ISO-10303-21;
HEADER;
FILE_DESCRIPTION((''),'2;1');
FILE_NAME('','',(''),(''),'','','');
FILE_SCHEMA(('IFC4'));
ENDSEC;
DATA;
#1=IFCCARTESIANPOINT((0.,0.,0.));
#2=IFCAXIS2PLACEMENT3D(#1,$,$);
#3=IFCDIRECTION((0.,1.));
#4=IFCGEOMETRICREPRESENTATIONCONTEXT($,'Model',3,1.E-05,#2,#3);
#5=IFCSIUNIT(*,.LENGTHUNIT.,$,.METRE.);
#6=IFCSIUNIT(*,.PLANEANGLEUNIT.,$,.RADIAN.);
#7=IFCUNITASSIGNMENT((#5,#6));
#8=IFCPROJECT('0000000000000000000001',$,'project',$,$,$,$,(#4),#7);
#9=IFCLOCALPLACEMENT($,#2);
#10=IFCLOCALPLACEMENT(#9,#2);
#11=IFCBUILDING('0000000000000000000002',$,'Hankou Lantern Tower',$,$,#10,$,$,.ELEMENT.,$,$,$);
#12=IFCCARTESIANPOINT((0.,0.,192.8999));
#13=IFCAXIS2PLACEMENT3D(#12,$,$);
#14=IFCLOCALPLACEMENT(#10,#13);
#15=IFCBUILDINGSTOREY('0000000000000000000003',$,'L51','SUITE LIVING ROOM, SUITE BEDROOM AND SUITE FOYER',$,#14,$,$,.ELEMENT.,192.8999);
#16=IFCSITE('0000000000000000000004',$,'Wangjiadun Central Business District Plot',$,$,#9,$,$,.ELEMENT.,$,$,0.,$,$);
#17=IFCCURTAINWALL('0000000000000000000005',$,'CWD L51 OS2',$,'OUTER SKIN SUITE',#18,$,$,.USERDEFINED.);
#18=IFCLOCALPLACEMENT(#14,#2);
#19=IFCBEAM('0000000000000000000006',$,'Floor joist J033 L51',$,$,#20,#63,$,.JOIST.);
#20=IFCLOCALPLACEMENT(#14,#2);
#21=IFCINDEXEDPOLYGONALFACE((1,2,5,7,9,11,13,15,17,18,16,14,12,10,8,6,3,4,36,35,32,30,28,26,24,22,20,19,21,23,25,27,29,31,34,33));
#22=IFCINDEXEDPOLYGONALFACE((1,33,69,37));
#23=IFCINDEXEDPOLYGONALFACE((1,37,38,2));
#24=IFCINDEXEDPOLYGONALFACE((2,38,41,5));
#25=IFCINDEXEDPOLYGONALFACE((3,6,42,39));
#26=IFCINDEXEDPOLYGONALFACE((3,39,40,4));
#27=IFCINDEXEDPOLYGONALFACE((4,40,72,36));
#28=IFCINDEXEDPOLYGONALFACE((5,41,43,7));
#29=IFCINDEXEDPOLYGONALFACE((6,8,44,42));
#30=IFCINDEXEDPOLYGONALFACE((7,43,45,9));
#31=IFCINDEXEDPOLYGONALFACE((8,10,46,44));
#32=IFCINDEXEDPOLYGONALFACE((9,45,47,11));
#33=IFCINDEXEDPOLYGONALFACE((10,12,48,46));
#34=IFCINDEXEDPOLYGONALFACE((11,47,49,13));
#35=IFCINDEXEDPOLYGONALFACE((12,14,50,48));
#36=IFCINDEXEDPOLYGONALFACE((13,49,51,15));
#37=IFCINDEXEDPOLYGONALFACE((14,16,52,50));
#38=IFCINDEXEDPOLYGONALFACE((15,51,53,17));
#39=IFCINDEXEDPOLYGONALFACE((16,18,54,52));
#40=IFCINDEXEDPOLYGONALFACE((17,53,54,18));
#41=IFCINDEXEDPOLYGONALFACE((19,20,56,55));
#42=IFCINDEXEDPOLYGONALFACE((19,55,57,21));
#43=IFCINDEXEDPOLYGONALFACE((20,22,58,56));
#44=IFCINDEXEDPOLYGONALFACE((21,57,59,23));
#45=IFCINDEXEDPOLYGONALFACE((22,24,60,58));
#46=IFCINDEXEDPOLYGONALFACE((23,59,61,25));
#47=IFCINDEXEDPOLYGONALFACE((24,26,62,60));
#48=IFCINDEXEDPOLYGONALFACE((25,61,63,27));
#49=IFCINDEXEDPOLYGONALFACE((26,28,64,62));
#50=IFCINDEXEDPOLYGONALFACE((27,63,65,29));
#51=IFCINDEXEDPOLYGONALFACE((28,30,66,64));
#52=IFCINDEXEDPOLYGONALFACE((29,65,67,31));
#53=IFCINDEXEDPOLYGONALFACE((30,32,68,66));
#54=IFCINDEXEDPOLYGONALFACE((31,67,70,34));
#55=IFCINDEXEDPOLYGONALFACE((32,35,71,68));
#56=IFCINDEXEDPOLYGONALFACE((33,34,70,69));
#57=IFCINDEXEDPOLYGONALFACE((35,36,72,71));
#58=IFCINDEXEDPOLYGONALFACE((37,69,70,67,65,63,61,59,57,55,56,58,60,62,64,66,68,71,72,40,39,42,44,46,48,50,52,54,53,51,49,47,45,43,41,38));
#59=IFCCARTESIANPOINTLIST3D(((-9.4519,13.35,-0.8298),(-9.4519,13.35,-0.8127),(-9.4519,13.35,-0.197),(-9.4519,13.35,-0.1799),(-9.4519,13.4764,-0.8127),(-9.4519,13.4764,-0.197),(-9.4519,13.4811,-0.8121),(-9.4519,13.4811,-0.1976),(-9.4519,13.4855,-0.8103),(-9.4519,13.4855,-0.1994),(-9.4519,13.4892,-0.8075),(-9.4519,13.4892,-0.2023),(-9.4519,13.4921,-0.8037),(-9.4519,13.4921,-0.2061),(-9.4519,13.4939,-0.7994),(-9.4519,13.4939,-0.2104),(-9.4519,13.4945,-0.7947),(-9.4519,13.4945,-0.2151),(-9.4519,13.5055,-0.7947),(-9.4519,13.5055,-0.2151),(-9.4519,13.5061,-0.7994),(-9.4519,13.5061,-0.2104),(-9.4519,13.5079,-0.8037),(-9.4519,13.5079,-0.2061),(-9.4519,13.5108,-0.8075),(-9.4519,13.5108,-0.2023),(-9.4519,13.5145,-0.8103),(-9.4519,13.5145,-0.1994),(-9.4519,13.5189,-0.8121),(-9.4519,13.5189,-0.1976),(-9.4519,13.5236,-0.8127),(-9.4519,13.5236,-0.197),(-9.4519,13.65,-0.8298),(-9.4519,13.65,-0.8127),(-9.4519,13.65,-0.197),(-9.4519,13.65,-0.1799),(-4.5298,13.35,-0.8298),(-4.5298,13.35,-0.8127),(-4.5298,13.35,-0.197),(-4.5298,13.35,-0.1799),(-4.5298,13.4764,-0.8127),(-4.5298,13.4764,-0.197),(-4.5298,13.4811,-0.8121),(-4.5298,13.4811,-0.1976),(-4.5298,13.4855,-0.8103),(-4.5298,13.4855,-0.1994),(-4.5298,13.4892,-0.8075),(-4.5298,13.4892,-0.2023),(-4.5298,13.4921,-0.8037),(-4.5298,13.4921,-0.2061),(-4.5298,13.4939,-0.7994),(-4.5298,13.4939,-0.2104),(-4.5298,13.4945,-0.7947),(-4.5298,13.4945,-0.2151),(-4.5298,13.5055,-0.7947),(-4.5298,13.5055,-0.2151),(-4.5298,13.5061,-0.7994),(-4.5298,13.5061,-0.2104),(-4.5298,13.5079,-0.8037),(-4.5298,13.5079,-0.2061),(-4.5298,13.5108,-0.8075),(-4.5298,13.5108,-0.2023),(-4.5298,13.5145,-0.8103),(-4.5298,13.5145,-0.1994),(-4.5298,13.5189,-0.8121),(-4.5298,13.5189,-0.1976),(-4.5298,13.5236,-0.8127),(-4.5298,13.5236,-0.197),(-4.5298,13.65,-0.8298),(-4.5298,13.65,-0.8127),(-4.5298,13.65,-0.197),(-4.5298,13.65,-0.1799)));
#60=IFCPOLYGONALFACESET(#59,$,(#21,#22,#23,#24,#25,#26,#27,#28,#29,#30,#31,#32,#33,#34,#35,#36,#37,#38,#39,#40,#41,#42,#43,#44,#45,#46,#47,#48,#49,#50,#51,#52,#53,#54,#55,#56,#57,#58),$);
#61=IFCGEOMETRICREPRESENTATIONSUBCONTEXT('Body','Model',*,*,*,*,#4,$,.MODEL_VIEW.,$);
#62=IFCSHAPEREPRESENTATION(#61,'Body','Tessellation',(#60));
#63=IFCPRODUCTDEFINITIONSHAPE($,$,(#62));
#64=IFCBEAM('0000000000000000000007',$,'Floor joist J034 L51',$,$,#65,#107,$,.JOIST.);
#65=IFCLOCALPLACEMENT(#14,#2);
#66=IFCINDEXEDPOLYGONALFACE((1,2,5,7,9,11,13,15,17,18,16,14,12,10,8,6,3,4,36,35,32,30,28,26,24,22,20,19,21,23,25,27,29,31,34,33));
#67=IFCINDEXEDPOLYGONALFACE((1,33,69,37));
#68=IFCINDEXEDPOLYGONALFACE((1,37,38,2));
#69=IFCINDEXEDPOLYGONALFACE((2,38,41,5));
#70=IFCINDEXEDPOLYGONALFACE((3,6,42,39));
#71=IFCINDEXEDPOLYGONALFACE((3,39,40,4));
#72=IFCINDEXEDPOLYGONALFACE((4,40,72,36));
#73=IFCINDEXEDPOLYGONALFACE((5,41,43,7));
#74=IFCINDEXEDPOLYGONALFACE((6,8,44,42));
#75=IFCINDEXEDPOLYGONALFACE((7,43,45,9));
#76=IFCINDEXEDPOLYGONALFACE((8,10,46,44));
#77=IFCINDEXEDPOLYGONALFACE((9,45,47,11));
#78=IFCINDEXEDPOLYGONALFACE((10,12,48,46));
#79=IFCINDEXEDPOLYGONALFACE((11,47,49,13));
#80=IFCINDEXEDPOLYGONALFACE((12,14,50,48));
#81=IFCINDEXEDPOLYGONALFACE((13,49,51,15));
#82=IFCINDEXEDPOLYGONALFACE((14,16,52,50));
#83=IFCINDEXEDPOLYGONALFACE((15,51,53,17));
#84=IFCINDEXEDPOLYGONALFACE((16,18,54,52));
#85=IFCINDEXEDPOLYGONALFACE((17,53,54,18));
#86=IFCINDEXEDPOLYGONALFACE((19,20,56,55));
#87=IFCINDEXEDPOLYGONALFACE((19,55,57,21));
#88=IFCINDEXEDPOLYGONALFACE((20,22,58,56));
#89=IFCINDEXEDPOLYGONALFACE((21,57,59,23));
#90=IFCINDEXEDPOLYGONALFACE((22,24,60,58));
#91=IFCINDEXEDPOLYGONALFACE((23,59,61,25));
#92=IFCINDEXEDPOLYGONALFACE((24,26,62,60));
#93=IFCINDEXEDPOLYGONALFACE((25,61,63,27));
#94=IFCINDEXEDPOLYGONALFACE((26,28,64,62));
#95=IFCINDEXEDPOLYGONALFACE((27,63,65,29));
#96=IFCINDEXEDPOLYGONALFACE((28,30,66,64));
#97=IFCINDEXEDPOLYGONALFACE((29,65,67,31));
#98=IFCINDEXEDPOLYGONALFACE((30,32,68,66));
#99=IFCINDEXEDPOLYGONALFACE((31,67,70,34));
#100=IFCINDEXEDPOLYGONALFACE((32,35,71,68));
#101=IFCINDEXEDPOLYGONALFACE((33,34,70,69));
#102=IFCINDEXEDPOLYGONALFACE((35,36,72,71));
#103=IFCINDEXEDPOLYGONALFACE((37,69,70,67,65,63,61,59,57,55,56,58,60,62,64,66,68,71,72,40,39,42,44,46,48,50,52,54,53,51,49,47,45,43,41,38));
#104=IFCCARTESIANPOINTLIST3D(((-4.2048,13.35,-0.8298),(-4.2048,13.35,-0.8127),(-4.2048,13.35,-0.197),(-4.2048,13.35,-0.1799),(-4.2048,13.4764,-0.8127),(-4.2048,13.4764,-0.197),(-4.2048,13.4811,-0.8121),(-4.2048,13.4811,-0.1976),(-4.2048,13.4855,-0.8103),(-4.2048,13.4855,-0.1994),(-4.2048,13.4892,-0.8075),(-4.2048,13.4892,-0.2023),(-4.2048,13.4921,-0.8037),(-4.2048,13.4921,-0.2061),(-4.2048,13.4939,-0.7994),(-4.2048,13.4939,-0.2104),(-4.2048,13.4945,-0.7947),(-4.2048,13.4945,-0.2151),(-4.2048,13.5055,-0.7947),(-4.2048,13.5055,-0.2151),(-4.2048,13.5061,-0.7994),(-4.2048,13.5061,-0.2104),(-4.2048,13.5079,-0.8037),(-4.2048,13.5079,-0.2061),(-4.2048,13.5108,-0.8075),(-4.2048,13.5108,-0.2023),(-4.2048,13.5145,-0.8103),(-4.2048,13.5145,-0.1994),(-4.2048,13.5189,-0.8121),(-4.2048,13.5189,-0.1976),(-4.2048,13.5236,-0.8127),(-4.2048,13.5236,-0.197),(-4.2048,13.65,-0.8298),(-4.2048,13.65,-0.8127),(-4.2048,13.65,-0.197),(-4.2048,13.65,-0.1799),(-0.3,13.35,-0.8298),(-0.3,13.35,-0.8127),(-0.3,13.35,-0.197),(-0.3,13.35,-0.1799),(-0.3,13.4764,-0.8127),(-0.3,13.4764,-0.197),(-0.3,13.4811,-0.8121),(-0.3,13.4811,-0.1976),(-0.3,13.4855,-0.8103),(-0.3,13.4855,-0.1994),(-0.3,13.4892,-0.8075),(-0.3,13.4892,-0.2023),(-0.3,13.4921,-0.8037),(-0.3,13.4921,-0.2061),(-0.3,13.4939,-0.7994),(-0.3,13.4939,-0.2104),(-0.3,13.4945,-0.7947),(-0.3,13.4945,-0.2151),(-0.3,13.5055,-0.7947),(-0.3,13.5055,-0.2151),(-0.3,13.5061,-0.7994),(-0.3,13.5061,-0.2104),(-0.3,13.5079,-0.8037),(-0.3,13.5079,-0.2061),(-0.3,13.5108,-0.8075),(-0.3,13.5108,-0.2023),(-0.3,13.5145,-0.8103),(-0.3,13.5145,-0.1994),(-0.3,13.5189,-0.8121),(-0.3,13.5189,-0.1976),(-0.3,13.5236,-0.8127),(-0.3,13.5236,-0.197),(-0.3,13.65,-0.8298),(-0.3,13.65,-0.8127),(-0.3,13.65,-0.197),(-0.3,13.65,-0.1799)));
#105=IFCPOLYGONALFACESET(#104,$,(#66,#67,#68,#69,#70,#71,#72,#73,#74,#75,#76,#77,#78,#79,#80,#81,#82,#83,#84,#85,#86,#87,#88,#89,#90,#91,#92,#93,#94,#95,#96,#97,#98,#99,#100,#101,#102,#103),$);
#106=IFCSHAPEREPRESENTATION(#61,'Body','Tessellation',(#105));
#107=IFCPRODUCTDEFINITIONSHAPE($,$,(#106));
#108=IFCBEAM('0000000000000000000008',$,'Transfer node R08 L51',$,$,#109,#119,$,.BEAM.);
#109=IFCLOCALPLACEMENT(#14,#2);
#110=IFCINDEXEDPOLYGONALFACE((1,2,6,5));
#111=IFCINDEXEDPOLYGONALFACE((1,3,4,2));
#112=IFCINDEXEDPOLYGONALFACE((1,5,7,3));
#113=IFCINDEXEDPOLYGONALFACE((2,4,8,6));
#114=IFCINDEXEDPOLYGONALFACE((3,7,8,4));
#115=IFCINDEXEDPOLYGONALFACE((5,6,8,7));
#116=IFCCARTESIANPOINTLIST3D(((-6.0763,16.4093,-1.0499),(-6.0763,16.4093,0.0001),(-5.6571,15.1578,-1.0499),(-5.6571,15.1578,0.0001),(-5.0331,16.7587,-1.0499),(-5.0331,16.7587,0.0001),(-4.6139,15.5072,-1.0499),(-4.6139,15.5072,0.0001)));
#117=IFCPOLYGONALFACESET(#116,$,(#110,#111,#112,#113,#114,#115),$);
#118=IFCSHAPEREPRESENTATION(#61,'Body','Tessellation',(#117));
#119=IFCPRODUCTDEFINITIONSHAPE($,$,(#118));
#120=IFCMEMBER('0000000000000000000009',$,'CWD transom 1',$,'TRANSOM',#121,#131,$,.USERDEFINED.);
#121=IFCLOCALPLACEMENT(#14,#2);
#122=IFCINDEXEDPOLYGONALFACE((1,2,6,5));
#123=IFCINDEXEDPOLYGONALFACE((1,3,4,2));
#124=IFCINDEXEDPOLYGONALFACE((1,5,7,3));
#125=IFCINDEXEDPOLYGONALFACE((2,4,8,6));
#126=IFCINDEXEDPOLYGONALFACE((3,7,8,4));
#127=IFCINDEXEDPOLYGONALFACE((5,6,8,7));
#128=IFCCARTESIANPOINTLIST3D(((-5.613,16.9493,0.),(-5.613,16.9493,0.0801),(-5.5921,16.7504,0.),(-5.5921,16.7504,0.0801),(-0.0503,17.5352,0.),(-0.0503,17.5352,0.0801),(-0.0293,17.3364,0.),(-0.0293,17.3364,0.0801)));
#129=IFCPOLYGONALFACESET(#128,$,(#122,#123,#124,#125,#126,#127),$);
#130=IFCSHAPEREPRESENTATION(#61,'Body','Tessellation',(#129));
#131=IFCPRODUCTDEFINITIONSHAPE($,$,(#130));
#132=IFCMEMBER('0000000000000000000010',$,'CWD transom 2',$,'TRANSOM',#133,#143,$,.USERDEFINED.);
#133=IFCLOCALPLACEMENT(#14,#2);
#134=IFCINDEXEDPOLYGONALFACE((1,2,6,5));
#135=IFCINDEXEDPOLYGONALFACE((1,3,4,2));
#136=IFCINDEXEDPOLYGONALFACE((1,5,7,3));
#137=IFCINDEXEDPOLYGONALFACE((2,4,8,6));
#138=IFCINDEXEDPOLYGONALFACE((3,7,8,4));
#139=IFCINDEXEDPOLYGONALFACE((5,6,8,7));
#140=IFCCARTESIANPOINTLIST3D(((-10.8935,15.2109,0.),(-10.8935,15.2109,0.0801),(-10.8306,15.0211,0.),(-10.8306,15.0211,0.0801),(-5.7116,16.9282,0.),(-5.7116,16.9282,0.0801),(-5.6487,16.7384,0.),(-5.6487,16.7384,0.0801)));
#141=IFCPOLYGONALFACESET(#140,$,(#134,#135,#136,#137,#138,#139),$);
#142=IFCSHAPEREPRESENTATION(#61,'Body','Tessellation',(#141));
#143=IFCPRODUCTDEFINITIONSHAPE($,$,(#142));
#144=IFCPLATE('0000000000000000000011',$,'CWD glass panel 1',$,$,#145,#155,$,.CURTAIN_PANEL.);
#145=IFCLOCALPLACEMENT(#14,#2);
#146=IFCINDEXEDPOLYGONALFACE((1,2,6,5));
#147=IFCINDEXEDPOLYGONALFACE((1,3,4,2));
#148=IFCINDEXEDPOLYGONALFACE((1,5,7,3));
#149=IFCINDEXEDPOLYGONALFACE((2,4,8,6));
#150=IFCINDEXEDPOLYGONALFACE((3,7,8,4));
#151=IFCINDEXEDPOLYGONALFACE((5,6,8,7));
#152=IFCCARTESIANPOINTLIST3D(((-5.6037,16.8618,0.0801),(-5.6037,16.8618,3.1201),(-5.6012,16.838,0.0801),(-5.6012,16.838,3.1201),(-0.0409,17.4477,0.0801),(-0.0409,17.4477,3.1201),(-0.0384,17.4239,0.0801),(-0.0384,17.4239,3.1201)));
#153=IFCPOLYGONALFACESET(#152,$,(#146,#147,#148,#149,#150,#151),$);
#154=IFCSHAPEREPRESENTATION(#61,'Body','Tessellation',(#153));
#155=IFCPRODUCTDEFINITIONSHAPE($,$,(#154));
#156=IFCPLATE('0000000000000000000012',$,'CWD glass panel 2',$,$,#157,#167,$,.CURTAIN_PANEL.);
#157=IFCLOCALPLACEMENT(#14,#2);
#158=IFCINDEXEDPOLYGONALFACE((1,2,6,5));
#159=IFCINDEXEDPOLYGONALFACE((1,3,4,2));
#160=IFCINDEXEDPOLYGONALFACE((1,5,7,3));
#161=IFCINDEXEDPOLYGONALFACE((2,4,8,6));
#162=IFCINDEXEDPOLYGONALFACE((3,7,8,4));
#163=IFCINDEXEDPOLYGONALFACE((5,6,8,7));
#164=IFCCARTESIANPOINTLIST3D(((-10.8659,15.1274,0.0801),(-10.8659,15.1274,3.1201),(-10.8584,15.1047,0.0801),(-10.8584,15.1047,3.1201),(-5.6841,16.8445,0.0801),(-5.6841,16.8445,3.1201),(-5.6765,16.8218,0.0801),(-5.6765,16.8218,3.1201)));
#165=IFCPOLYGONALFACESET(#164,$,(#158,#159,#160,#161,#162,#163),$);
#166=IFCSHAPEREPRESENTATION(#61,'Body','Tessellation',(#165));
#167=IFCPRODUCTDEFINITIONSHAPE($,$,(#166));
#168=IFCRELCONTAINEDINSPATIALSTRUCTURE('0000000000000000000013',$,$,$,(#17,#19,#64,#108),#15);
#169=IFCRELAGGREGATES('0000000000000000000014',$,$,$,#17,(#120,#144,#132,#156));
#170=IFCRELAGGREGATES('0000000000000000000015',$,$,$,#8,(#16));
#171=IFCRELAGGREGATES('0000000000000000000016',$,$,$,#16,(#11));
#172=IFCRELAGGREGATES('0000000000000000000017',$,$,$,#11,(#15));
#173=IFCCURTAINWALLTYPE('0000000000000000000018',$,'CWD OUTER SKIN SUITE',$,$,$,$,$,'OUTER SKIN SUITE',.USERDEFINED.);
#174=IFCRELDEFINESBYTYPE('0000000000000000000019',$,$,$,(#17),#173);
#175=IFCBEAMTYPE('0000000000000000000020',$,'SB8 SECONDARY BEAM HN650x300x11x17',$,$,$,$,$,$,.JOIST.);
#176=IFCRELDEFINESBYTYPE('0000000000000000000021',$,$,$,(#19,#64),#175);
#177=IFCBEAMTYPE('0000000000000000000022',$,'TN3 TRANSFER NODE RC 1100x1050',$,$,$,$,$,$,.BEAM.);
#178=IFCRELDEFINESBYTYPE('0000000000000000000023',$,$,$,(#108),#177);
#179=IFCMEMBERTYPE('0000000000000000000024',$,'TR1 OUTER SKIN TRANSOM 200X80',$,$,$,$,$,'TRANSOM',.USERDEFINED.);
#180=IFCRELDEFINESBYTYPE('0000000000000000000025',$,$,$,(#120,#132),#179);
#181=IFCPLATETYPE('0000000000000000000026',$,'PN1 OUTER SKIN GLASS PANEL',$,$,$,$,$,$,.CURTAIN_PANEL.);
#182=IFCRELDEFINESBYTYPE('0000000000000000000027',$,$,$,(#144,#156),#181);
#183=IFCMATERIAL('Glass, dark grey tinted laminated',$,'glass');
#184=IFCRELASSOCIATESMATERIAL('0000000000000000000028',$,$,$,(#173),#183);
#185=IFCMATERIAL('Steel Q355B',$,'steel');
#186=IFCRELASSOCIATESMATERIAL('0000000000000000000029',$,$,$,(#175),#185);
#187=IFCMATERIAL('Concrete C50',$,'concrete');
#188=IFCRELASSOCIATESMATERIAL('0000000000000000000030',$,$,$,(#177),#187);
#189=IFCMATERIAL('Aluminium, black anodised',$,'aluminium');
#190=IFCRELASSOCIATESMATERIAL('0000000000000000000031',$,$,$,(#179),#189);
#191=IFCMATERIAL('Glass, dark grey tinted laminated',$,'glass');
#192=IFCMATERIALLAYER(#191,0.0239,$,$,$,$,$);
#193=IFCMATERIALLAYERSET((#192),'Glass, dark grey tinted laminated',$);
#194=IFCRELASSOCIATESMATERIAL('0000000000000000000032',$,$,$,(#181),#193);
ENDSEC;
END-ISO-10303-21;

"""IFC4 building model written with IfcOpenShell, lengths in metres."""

from ifc_helpers import new_model, si_unit, direction, frame, origin, origin_2d, place, context, subcontext, project, spatial, rectangle, i_section, extrude, material, layer, layer_set, material_profile, profile_set, type_object, element, aggregate, save


model = new_model("IFC4")

# Units and contexts
model_context = context("Model", 3, precision=1e-05, world=origin(), true_north=direction((0.0, 1.0)))
body_context = subcontext(model_context, "Body", "Model", "MODEL_VIEW")
ifc_project = project(units=[si_unit("LENGTHUNIT", "METRE"), si_unit("PLANEANGLEUNIT", "RADIAN")], contexts=[model_context])

# Site, building, storey
site_placement = place(None, origin())
site = spatial("IfcSite", under=ifc_project, at=site_placement, Name="Wangjiadun Central Business District Plot", CompositionType="ELEMENT", RefElevation=0.0)
building_placement = place(site_placement, origin())
building = spatial("IfcBuilding", under=site, at=building_placement, Name="Hankou Lantern Tower", CompositionType="ELEMENT")
storey_placement = place(building_placement, frame((0.0, 0.0, 192.8999)))
storey = spatial("IfcBuildingStorey", under=building, at=storey_placement, Name="L51", Description="SUITE LIVING ROOM, SUITE BEDROOM AND SUITE FOYER", CompositionType="ELEMENT", Elevation=192.8999)

# Curtain wall
ifc_material_1 = material(Name="Glass, dark grey tinted laminated", Category="glass")
curtain_wall_type = type_object("IfcCurtainWallType", Name="CWD OUTER SKIN SUITE", ElementType="OUTER SKIN SUITE", PredefinedType="USERDEFINED", material=ifc_material_1)
curtain_wall_placement = place(storey_placement, origin())
curtain_wall = element("IfcCurtainWall", 1, at=curtain_wall_placement, inside=storey, type_object=curtain_wall_type, Name="CWD L51 OS2", ObjectType="OUTER SKIN SUITE", PredefinedType="USERDEFINED")

# Beams
ifc_material_2 = material(Name="Steel Q355B", Category="steel")
ifc_material_profile_1 = material_profile(ifc_material_2, i_section(OverallWidth=0.3, OverallDepth=0.6499, WebThickness=0.011, FlangeThickness=0.0171, FilletRadius=0.0181, at=origin_2d()), Name="HN650x300x11x17")
ifc_profile_set_1 = profile_set([ifc_material_profile_1], Name="Steel Q355B")
beam_type_1 = type_object("IfcBeamType", Name="SB8 SECONDARY BEAM HN650x300x11x17", PredefinedType="JOIST", material=ifc_profile_set_1)
beam_1_placement = place(storey_placement, frame((-9.4519, 13.5, -0.5049), z_axis=(1.0, 0.0, 0.0), x_axis=(0.0, 1.0, 0.0)))
element("IfcBeam", 2, at=beam_1_placement, inside=storey, type_object=beam_type_1, Name="Floor joist J033 L51", PredefinedType="JOIST", context=body_context, shape_type="SweptSolid", body=[
    extrude(i_section(OverallWidth=0.3, OverallDepth=0.6499, WebThickness=0.011, FlangeThickness=0.0171, FilletRadius=0.0181, at=origin_2d()), origin(), (0.0, 0.0, 1.0), 4.9221),
])
beam_2_placement = place(storey_placement, frame((-4.2048, 13.5, -0.5049), z_axis=(1.0, 0.0, 0.0), x_axis=(0.0, 1.0, 0.0)))
element("IfcBeam", 3, at=beam_2_placement, inside=storey, type_object=beam_type_1, Name="Floor joist J034 L51", PredefinedType="JOIST", context=body_context, shape_type="SweptSolid", body=[
    extrude(i_section(OverallWidth=0.3, OverallDepth=0.6499, WebThickness=0.011, FlangeThickness=0.0171, FilletRadius=0.0181, at=origin_2d()), origin(), (0.0, 0.0, 1.0), 3.9048),
])
ifc_material_3 = material(Name="Concrete C50", Category="concrete")
ifc_material_profile_2 = material_profile(ifc_material_3, rectangle(XDim=1.1001, YDim=1.05, at=origin_2d()), Name="RC 1100x1050")
ifc_profile_set_2 = profile_set([ifc_material_profile_2], Name="Concrete C50")
beam_type_2 = type_object("IfcBeamType", Name="TN3 TRANSFER NODE RC 1100x1050", PredefinedType="BEAM", material=ifc_profile_set_2)
beam_3_placement = place(storey_placement, frame((-5.5547, 16.584, -0.5249), z_axis=(0.317615, -0.94822, 0.0), x_axis=(0.94822, 0.317615, 0.0)))
element("IfcBeam", 4, at=beam_3_placement, inside=storey, type_object=beam_type_2, Name="Transfer node R08 L51", PredefinedType="BEAM", context=body_context, shape_type="SweptSolid", body=[
    extrude(rectangle(XDim=1.1001, YDim=1.05, at=origin_2d()), origin(), (0.0, 0.0, 1.0), 1.3198),
])

# Members
ifc_material_4 = material(Name="Aluminium, black anodised", Category="aluminium")
ifc_material_profile_3 = material_profile(ifc_material_4, rectangle(XDim=0.2, YDim=0.0801, at=origin_2d()), Name="TR1 200X80")
ifc_profile_set_3 = profile_set([ifc_material_profile_3], Name="Aluminium, black anodised")
member_type_1 = type_object("IfcMemberType", Name="TR1 OUTER SKIN TRANSOM 200X80", ElementType="TRANSOM", PredefinedType="USERDEFINED", material=ifc_profile_set_3)
member_1_placement = place(storey_placement, frame((-0.0398, 17.4358, 0.04), z_axis=(-0.994498, -0.104753, 0.0), x_axis=(0.104753, -0.994498, 0.0)))
member_1 = element("IfcMember", 5, at=member_1_placement, type_object=member_type_1, Name="CWD transom 1", ObjectType="TRANSOM", PredefinedType="USERDEFINED", context=body_context, shape_type="SweptSolid", body=[
    extrude(rectangle(XDim=0.2, YDim=0.0801, at=origin_2d()), origin(), (0.0, 0.0, 1.0), 5.5935),
])
member_2_placement = place(storey_placement, frame((-5.6802, 16.8333, 0.04), z_axis=(-0.949232, -0.314577, 0.0), x_axis=(0.314577, -0.949232, 0.0)))
member_2 = element("IfcMember", 6, at=member_2_placement, type_object=member_type_1, Name="CWD transom 2", ObjectType="TRANSOM", PredefinedType="USERDEFINED", context=body_context, shape_type="SweptSolid", body=[
    extrude(rectangle(XDim=0.2, YDim=0.0801, at=origin_2d()), origin(), (0.0, 0.0, 1.0), 5.459),
])

# Plates
ifc_material_5 = material(Name="Glass, dark grey tinted laminated", Category="glass")
ifc_layer_1 = layer(ifc_material_5, 0.0239)
ifc_layer_set_1 = layer_set([ifc_layer_1], Name="Glass, dark grey tinted laminated")
plate_type = type_object("IfcPlateType", Name="PN1 OUTER SKIN GLASS PANEL", PredefinedType="CURTAIN_PANEL", material=ifc_layer_set_1)
plate_1_placement = place(storey_placement, frame((-2.821, 17.1428, 0.0801), z_axis=(0.0, 0.0, 1.0), x_axis=(-0.994499, -0.104743, 0.0)))
plate_1 = element("IfcPlate", 7, at=plate_1_placement, type_object=plate_type, Name="CWD glass panel 1", PredefinedType="CURTAIN_PANEL", context=body_context, shape_type="SweptSolid", body=[
    extrude(rectangle(XDim=5.5935, YDim=0.0239, at=origin_2d()), origin(), (0.0, 0.0, 1.0), 3.04),
])
plate_2_placement = place(storey_placement, frame((-8.2712, 15.9746, 0.0801), z_axis=(0.0, 0.0, 1.0), x_axis=(-0.949241, -0.314551, 0.0)))
plate_2 = element("IfcPlate", 8, at=plate_2_placement, type_object=plate_type, Name="CWD glass panel 2", PredefinedType="CURTAIN_PANEL", context=body_context, shape_type="SweptSolid", body=[
    extrude(rectangle(XDim=5.459, YDim=0.0239, at=origin_2d()), origin(), (0.0, 0.0, 1.0), 3.04),
])
aggregate(curtain_wall, [member_1, plate_1, member_2, plate_2])

save(model, "model.ifc")
